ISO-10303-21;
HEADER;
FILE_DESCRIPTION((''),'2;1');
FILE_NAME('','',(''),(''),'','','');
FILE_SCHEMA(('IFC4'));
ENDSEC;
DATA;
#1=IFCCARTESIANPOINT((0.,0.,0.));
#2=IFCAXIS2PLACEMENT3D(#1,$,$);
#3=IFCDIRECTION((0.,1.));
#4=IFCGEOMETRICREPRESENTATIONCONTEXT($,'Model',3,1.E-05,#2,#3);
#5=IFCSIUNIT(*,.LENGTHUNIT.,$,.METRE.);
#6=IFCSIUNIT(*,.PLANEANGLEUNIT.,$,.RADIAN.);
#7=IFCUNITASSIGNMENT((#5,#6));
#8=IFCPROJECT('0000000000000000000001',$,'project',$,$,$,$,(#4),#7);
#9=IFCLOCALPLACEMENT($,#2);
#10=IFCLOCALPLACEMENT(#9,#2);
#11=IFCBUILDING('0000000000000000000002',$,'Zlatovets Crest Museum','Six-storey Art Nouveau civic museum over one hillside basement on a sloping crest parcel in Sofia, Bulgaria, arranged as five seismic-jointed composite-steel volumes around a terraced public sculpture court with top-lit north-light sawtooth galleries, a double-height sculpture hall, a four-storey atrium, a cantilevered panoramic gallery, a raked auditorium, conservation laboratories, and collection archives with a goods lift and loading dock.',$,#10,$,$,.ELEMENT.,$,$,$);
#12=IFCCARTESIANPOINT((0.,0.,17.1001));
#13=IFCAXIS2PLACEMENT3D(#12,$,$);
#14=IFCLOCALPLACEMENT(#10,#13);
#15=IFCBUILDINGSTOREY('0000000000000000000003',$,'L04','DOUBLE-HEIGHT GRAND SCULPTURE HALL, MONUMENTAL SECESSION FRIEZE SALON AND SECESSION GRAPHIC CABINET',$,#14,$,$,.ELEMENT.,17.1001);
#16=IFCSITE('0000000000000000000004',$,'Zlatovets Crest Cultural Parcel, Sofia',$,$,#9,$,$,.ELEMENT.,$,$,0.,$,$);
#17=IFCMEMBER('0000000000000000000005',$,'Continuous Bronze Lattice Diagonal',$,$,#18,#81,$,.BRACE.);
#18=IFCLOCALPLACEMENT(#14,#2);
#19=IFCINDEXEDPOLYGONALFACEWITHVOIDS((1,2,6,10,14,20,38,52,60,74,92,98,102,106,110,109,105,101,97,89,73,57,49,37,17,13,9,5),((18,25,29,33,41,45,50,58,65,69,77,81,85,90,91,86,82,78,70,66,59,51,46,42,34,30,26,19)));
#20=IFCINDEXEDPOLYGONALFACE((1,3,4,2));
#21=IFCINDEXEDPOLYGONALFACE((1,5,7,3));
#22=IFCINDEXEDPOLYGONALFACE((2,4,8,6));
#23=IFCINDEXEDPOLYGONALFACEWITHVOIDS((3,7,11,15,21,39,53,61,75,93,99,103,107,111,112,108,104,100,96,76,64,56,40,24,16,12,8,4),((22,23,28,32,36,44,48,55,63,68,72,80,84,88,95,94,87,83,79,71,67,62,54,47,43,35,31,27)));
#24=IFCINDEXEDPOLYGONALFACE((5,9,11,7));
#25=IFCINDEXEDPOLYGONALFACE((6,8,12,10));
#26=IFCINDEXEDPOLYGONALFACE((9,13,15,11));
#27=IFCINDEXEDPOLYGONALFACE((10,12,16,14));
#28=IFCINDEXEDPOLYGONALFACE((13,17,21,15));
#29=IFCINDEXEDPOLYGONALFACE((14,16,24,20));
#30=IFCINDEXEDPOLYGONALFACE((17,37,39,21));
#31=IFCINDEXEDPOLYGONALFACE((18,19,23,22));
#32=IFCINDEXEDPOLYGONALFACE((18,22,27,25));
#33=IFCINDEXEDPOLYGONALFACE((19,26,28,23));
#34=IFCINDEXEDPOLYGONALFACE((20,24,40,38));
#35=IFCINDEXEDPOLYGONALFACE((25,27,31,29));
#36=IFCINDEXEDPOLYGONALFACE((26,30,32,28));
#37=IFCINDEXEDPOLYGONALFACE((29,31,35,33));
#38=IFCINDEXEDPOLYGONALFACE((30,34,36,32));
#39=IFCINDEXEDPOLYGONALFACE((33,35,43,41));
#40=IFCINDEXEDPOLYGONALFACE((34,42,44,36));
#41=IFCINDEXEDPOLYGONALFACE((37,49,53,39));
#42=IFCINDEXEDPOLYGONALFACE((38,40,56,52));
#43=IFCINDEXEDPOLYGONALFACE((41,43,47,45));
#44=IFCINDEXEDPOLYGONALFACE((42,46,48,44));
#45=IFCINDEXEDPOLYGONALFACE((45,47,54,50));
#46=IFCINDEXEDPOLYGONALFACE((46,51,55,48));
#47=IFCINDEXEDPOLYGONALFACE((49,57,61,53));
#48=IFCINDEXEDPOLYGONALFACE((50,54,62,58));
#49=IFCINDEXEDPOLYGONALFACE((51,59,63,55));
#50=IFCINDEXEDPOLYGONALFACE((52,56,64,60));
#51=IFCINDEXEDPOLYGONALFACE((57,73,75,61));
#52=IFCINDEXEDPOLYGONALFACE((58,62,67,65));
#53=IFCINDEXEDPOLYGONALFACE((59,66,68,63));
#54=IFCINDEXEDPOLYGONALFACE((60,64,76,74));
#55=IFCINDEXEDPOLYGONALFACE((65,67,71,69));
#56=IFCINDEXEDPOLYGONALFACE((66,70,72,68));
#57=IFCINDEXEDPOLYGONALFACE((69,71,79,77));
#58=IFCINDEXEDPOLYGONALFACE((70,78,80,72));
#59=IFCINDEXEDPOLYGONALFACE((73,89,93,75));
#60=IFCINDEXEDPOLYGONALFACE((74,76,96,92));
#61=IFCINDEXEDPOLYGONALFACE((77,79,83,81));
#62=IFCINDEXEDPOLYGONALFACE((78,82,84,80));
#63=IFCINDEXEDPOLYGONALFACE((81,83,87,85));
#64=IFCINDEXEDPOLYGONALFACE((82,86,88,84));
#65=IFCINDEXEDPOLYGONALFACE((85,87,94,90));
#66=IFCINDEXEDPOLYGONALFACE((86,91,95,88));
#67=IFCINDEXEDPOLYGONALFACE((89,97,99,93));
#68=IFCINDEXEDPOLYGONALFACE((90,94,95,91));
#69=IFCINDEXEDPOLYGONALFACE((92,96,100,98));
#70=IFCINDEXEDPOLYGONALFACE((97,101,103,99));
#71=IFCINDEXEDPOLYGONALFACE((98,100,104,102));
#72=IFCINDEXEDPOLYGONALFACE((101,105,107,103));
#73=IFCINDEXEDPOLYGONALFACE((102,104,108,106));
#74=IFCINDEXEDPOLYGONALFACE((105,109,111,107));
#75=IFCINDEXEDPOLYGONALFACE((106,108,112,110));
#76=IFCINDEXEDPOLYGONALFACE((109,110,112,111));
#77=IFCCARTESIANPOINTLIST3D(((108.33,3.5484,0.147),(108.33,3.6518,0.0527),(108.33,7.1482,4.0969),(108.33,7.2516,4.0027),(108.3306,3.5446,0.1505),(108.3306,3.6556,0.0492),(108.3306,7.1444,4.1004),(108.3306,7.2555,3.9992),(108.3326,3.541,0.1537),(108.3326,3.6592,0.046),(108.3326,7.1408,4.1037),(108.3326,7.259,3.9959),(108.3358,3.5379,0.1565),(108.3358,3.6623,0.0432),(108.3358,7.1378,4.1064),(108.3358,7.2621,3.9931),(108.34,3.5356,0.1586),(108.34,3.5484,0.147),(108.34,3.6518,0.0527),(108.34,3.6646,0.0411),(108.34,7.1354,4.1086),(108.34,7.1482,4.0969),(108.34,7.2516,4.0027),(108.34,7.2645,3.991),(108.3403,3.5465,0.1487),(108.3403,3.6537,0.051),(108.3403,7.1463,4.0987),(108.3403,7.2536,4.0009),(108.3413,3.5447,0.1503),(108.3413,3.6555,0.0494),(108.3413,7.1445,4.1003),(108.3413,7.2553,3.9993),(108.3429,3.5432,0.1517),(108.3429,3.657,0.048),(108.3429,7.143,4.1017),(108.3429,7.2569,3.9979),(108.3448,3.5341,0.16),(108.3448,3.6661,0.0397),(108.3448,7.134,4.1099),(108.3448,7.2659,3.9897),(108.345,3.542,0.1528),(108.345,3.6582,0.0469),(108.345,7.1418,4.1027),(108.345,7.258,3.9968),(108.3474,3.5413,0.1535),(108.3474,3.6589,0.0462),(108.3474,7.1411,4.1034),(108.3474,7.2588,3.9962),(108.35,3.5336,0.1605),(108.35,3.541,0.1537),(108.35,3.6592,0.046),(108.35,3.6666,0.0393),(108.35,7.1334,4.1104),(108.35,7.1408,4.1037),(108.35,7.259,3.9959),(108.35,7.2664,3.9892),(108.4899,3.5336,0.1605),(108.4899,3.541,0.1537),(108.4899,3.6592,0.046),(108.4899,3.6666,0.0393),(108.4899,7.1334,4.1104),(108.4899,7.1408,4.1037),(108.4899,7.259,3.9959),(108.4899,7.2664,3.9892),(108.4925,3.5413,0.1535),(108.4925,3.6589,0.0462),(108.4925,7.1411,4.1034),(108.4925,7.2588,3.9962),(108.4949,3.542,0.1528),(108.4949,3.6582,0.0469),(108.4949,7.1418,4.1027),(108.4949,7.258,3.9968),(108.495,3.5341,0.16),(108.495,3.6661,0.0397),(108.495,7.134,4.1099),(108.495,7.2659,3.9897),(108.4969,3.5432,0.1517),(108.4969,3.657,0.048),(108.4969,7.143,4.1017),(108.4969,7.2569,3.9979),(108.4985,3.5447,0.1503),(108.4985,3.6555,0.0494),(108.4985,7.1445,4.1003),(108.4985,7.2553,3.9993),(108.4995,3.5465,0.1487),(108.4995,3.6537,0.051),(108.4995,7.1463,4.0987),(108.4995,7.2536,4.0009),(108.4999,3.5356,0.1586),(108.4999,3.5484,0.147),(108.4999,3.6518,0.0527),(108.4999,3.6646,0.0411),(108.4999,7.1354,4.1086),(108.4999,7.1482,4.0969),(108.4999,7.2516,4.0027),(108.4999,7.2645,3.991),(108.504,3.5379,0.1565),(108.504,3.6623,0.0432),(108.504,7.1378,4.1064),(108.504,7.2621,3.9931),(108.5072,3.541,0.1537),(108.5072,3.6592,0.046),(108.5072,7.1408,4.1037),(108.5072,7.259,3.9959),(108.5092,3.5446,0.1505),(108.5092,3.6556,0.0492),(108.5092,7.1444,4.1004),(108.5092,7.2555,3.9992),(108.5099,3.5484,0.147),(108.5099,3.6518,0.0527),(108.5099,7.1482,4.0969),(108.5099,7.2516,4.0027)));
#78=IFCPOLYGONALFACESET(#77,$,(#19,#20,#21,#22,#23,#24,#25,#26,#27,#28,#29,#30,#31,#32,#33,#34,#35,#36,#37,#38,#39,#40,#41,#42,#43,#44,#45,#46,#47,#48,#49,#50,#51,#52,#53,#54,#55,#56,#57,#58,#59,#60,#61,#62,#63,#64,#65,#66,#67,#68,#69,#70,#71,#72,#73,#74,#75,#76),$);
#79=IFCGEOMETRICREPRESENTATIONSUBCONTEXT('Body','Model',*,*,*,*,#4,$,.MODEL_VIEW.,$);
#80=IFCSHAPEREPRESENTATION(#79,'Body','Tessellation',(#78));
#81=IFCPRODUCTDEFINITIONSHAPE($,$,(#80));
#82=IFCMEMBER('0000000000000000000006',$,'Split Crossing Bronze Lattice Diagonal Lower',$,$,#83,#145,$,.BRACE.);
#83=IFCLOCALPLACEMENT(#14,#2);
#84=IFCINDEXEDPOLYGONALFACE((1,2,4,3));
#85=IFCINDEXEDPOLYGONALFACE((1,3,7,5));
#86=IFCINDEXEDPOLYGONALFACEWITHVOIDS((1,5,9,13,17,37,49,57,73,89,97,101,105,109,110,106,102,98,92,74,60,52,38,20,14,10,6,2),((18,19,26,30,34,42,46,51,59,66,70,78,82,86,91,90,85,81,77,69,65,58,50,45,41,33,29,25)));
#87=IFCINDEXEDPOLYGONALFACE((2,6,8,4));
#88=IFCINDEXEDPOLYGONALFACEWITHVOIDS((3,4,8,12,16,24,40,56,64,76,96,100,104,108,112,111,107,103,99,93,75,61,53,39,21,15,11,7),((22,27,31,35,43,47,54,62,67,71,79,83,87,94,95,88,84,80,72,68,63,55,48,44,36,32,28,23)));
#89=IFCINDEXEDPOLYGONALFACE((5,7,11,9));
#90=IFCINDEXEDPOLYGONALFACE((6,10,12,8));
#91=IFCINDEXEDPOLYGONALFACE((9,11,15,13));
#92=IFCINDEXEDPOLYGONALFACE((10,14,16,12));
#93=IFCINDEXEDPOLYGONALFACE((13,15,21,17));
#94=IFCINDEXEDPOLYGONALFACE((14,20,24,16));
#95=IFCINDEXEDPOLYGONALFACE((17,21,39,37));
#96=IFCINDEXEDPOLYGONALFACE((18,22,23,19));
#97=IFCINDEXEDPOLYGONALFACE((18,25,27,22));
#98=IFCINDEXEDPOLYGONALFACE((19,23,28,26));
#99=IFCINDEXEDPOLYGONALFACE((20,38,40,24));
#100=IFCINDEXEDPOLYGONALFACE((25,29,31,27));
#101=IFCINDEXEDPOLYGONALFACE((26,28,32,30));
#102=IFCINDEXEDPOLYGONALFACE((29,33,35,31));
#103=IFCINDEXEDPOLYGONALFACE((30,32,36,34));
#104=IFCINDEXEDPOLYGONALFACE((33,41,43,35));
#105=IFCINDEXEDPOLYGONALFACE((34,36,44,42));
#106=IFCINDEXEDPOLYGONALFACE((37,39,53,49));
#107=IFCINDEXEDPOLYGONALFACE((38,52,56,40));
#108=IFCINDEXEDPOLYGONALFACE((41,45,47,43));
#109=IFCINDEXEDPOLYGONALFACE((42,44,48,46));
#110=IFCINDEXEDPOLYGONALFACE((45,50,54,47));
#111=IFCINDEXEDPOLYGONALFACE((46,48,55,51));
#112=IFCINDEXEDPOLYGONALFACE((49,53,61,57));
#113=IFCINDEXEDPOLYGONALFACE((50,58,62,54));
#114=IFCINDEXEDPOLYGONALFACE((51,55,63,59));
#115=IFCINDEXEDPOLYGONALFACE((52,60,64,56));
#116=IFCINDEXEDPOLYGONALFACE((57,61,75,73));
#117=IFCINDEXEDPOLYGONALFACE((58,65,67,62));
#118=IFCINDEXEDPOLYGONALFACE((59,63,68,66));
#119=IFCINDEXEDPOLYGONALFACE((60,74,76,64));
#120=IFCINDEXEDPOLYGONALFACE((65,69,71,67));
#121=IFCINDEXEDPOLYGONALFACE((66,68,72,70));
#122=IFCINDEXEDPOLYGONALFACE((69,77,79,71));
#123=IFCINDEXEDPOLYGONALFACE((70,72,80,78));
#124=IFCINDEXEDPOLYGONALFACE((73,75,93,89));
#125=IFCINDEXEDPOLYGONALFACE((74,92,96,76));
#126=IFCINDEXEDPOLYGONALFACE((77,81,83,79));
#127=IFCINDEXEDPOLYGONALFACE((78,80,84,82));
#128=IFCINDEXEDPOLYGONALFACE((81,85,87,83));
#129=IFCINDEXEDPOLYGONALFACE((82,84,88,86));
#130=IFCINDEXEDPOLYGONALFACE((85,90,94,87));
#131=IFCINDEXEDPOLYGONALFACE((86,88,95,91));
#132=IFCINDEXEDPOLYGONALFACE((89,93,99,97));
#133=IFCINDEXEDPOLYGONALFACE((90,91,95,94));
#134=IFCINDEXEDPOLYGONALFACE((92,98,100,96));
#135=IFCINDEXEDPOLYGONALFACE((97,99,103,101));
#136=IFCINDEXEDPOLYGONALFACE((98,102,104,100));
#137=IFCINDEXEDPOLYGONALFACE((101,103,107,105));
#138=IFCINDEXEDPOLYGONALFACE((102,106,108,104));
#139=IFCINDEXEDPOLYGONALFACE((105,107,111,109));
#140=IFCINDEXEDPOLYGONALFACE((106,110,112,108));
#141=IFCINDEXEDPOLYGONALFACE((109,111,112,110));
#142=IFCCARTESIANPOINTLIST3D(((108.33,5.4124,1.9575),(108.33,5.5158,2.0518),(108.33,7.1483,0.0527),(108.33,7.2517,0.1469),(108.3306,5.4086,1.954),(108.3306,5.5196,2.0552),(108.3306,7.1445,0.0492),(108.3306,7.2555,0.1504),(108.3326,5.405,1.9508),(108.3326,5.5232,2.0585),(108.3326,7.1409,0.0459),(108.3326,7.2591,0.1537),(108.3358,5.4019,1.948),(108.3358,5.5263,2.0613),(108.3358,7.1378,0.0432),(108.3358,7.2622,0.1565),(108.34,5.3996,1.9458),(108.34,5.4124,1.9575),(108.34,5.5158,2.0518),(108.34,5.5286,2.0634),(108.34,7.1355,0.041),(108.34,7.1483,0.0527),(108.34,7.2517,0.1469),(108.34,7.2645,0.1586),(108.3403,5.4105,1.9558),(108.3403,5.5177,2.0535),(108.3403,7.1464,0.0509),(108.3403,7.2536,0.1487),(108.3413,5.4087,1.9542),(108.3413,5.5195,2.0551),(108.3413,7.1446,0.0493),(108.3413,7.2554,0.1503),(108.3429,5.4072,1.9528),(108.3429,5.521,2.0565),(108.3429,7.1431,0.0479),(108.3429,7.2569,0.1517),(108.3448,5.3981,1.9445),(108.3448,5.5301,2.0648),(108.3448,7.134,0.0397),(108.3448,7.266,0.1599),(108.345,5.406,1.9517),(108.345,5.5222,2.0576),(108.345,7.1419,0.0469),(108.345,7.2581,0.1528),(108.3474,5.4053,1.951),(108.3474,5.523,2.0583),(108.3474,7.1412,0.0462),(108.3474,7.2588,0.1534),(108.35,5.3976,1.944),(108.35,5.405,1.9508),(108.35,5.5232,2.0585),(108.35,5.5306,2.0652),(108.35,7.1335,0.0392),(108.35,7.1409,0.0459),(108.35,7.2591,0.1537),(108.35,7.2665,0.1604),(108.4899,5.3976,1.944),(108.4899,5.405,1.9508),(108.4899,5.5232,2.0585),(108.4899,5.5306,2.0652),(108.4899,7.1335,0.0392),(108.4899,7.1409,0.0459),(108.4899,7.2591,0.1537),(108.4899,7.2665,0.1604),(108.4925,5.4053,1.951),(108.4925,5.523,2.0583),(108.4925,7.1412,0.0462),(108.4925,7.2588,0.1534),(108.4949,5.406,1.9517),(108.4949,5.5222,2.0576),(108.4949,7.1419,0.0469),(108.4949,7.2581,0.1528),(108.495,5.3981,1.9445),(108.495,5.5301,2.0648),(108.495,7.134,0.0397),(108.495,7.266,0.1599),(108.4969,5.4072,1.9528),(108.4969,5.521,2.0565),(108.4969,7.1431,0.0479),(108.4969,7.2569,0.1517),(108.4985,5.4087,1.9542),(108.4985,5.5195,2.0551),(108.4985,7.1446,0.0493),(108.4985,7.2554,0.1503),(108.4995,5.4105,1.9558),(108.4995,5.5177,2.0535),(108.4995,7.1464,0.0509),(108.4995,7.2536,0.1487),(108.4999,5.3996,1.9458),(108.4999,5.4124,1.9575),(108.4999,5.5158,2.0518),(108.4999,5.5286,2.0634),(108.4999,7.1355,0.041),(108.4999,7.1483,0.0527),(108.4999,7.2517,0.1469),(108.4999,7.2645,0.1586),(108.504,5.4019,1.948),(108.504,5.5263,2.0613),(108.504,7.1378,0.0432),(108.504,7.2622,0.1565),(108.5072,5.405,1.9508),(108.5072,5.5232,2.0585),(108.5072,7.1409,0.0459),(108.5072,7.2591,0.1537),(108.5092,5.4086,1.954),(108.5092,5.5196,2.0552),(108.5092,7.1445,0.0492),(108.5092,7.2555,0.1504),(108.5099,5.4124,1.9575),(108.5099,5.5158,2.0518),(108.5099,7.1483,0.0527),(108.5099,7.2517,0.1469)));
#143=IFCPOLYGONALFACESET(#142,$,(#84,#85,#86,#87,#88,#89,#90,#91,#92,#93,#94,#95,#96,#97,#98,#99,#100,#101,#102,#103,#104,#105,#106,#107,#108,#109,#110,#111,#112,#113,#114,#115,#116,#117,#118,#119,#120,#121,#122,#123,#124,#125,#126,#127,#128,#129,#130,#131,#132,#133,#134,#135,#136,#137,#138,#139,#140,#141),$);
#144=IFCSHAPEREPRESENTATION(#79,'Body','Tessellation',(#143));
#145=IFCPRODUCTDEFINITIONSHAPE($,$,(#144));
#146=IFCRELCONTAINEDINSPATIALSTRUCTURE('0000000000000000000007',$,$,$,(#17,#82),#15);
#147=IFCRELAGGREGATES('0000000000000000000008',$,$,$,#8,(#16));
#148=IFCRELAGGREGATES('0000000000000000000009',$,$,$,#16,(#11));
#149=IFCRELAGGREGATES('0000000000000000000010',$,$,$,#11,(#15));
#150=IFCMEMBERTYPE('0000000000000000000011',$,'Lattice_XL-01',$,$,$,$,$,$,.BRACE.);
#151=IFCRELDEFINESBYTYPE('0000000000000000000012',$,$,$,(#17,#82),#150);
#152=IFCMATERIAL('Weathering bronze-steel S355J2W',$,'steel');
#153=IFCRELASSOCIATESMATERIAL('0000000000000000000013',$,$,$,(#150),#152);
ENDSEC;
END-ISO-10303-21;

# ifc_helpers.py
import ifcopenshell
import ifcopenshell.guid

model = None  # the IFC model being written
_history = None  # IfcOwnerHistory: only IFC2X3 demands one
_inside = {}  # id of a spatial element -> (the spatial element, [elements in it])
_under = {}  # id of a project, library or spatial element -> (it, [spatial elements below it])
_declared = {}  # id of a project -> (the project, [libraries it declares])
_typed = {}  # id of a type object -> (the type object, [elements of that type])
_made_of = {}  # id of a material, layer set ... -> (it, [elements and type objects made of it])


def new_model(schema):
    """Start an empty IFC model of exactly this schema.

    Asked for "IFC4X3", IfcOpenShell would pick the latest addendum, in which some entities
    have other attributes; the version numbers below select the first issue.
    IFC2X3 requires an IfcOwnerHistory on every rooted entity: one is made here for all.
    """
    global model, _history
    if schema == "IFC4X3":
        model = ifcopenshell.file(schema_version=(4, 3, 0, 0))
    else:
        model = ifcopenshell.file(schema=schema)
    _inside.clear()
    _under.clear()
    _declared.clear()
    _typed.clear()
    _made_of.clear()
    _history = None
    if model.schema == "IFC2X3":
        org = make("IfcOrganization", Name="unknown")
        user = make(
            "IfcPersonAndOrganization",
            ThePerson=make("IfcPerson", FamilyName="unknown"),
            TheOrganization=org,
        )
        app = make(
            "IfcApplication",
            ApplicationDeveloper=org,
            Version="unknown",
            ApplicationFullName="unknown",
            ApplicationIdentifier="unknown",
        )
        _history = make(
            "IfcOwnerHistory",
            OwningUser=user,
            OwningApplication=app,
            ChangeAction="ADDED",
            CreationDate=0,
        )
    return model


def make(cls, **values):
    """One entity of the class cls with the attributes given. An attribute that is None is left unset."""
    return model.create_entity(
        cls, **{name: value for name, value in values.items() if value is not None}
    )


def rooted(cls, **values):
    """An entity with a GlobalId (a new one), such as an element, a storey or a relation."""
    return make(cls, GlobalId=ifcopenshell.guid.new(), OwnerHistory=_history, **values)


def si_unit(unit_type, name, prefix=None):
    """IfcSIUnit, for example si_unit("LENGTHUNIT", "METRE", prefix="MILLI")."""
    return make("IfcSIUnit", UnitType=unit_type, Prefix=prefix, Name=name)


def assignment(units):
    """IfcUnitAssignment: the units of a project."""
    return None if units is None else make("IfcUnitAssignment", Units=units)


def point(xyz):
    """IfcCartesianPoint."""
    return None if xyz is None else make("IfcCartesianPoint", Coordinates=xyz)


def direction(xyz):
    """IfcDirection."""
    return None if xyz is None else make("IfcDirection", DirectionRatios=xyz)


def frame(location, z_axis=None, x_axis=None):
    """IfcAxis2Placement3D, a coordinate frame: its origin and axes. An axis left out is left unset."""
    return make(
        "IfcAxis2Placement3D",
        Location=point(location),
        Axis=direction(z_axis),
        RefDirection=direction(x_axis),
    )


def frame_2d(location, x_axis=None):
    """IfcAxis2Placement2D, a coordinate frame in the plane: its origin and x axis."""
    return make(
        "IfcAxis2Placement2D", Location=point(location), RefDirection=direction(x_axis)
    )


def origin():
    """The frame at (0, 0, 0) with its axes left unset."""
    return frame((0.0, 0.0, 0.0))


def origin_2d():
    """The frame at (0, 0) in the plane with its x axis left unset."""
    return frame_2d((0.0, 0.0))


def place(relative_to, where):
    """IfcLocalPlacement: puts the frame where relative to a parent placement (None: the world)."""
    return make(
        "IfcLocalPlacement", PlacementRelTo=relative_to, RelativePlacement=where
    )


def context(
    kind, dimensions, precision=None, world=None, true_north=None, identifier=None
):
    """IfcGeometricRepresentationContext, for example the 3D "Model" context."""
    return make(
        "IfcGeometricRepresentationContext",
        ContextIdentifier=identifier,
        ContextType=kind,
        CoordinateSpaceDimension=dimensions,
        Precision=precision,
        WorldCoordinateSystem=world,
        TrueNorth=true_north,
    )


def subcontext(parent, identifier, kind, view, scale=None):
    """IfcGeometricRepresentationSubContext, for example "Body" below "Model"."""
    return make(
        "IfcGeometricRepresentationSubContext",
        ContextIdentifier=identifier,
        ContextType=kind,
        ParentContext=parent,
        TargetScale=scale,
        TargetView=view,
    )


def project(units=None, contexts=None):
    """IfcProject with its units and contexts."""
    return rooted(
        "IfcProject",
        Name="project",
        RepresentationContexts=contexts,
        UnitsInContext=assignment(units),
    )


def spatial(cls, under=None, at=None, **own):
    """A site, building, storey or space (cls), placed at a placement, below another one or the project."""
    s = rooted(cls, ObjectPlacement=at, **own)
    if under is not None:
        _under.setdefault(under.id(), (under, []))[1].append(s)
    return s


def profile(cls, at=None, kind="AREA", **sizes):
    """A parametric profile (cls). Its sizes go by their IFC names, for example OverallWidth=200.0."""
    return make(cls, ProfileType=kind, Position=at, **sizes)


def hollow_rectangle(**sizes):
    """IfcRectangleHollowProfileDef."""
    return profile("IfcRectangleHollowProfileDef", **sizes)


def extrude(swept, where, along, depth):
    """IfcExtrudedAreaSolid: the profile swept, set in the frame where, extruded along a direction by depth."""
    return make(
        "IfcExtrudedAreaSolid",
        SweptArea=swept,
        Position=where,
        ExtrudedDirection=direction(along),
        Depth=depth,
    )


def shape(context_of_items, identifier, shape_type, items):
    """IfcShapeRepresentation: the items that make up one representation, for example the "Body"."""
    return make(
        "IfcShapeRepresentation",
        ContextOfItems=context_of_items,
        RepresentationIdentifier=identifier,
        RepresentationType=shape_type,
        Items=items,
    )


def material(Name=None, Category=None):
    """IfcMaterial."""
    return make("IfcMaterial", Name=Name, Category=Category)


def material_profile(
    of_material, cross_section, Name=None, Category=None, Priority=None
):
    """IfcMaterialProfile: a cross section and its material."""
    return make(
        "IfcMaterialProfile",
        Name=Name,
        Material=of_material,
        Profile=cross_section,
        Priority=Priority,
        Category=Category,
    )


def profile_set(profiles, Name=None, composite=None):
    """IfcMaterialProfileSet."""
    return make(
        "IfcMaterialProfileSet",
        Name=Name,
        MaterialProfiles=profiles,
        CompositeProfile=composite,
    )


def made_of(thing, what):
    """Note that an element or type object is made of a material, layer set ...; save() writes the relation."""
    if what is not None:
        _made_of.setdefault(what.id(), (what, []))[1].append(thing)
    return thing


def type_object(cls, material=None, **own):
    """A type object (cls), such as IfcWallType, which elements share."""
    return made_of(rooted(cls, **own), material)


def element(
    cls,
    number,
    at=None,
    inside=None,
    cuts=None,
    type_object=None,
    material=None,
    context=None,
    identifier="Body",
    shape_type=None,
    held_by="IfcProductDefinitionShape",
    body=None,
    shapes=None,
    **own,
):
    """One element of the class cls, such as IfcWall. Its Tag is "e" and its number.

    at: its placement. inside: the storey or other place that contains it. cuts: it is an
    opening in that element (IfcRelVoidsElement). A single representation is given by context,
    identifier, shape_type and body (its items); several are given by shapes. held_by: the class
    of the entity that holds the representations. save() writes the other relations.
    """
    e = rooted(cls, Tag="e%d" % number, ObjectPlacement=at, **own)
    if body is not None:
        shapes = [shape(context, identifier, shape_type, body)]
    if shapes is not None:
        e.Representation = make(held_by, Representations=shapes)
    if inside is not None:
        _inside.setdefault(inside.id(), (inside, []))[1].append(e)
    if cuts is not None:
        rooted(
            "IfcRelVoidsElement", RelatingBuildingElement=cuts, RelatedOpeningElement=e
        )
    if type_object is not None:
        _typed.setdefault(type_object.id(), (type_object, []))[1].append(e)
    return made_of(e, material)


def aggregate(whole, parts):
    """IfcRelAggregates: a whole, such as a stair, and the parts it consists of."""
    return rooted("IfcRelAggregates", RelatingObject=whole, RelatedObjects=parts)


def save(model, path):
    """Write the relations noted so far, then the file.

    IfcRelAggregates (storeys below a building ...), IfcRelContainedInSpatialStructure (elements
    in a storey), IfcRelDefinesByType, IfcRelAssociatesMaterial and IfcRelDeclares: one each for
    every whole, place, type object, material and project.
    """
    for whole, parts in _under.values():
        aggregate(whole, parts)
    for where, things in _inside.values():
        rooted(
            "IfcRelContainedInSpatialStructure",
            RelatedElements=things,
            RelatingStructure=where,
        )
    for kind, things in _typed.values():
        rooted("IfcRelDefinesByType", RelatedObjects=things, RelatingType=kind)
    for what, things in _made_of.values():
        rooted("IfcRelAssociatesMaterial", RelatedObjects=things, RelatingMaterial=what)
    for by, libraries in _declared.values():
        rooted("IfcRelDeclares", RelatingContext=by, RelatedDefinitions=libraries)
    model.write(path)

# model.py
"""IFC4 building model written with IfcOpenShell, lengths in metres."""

from ifc_helpers import new_model, si_unit, direction, frame, origin, origin_2d, place, context, subcontext, project, spatial, hollow_rectangle, extrude, material, material_profile, profile_set, type_object, element, save


model = new_model("IFC4")

# Units and contexts
model_context = context("Model", 3, precision=1e-05, world=origin(), true_north=direction((0.0, 1.0)))
body_context = subcontext(model_context, "Body", "Model", "MODEL_VIEW")
ifc_project = project(units=[si_unit("LENGTHUNIT", "METRE"), si_unit("PLANEANGLEUNIT", "RADIAN")], contexts=[model_context])

# Site, building, storey
site_placement = place(None, origin())
site = spatial("IfcSite", under=ifc_project, at=site_placement, Name="Zlatovets Crest Cultural Parcel, Sofia", CompositionType="ELEMENT", RefElevation=0.0)
building_placement = place(site_placement, origin())
building = spatial("IfcBuilding", under=site, at=building_placement, Name="Zlatovets Crest Museum", Description="Six-storey Art Nouveau civic museum over one hillside basement on a sloping crest parcel in Sofia, Bulgaria, arranged as five seismic-jointed composite-steel volumes around a terraced public sculpture court with top-lit north-light sawtooth galleries, a double-height sculpture hall, a four-storey atrium, a cantilevered panoramic gallery, a raked auditorium, conservation laboratories, and collection archives with a goods lift and loading dock.", CompositionType="ELEMENT")
storey_placement = place(building_placement, frame((0.0, 0.0, 17.1001)))
storey = spatial("IfcBuildingStorey", under=building, at=storey_placement, Name="L04", Description="DOUBLE-HEIGHT GRAND SCULPTURE HALL, MONUMENTAL SECESSION FRIEZE SALON AND SECESSION GRAPHIC CABINET", CompositionType="ELEMENT", Elevation=17.1001)

# Members
ifc_material_1 = material(Name="Weathering bronze-steel S355J2W", Category="steel")
ifc_material_profile_1 = material_profile(ifc_material_1, hollow_rectangle(XDim=0.1799, YDim=0.1799, WallThickness=0.01, InnerFilletRadius=0.01, OuterFilletRadius=0.02, at=origin_2d()), Name="SHS 180x180x10.0")
ifc_profile_set_1 = profile_set([ifc_material_profile_1], Name="Weathering bronze-steel S355J2W")
member_type_1 = type_object("IfcMemberType", Name="Lattice_XL-01", PredefinedType="BRACE", material=ifc_profile_set_1)
member_1_placement = place(storey_placement, frame((108.4199, 3.6001, 0.0999), z_axis=(0.0, 0.673593, 0.739102), x_axis=(-1.0, 0.0, 0.0)))
element("IfcMember", 1, at=member_1_placement, inside=storey, type_object=member_type_1, Name="Continuous Bronze Lattice Diagonal", PredefinedType="BRACE", context=body_context, shape_type="SweptSolid", body=[
    extrude(hollow_rectangle(XDim=0.1799, YDim=0.1799, WallThickness=0.01, InnerFilletRadius=0.01, OuterFilletRadius=0.02, at=origin_2d()), origin(), (0.0, 0.0, 1.0), 5.3442),
])
member_2_placement = place(storey_placement, frame((108.4199, 5.4641, 2.0046), z_axis=(0.0, 0.673568, -0.739125), x_axis=(-1.0, 0.0, 0.0)))
element("IfcMember", 2, at=member_2_placement, inside=storey, type_object=member_type_1, Name="Split Crossing Bronze Lattice Diagonal Lower", PredefinedType="BRACE", context=body_context, shape_type="SweptSolid", body=[
    extrude(hollow_rectangle(XDim=0.1799, YDim=0.1799, WallThickness=0.01, InnerFilletRadius=0.01, OuterFilletRadius=0.02, at=origin_2d()), origin(), (0.0, 0.0, 1.0), 2.5771),
])

save(model, "model.ifc")
